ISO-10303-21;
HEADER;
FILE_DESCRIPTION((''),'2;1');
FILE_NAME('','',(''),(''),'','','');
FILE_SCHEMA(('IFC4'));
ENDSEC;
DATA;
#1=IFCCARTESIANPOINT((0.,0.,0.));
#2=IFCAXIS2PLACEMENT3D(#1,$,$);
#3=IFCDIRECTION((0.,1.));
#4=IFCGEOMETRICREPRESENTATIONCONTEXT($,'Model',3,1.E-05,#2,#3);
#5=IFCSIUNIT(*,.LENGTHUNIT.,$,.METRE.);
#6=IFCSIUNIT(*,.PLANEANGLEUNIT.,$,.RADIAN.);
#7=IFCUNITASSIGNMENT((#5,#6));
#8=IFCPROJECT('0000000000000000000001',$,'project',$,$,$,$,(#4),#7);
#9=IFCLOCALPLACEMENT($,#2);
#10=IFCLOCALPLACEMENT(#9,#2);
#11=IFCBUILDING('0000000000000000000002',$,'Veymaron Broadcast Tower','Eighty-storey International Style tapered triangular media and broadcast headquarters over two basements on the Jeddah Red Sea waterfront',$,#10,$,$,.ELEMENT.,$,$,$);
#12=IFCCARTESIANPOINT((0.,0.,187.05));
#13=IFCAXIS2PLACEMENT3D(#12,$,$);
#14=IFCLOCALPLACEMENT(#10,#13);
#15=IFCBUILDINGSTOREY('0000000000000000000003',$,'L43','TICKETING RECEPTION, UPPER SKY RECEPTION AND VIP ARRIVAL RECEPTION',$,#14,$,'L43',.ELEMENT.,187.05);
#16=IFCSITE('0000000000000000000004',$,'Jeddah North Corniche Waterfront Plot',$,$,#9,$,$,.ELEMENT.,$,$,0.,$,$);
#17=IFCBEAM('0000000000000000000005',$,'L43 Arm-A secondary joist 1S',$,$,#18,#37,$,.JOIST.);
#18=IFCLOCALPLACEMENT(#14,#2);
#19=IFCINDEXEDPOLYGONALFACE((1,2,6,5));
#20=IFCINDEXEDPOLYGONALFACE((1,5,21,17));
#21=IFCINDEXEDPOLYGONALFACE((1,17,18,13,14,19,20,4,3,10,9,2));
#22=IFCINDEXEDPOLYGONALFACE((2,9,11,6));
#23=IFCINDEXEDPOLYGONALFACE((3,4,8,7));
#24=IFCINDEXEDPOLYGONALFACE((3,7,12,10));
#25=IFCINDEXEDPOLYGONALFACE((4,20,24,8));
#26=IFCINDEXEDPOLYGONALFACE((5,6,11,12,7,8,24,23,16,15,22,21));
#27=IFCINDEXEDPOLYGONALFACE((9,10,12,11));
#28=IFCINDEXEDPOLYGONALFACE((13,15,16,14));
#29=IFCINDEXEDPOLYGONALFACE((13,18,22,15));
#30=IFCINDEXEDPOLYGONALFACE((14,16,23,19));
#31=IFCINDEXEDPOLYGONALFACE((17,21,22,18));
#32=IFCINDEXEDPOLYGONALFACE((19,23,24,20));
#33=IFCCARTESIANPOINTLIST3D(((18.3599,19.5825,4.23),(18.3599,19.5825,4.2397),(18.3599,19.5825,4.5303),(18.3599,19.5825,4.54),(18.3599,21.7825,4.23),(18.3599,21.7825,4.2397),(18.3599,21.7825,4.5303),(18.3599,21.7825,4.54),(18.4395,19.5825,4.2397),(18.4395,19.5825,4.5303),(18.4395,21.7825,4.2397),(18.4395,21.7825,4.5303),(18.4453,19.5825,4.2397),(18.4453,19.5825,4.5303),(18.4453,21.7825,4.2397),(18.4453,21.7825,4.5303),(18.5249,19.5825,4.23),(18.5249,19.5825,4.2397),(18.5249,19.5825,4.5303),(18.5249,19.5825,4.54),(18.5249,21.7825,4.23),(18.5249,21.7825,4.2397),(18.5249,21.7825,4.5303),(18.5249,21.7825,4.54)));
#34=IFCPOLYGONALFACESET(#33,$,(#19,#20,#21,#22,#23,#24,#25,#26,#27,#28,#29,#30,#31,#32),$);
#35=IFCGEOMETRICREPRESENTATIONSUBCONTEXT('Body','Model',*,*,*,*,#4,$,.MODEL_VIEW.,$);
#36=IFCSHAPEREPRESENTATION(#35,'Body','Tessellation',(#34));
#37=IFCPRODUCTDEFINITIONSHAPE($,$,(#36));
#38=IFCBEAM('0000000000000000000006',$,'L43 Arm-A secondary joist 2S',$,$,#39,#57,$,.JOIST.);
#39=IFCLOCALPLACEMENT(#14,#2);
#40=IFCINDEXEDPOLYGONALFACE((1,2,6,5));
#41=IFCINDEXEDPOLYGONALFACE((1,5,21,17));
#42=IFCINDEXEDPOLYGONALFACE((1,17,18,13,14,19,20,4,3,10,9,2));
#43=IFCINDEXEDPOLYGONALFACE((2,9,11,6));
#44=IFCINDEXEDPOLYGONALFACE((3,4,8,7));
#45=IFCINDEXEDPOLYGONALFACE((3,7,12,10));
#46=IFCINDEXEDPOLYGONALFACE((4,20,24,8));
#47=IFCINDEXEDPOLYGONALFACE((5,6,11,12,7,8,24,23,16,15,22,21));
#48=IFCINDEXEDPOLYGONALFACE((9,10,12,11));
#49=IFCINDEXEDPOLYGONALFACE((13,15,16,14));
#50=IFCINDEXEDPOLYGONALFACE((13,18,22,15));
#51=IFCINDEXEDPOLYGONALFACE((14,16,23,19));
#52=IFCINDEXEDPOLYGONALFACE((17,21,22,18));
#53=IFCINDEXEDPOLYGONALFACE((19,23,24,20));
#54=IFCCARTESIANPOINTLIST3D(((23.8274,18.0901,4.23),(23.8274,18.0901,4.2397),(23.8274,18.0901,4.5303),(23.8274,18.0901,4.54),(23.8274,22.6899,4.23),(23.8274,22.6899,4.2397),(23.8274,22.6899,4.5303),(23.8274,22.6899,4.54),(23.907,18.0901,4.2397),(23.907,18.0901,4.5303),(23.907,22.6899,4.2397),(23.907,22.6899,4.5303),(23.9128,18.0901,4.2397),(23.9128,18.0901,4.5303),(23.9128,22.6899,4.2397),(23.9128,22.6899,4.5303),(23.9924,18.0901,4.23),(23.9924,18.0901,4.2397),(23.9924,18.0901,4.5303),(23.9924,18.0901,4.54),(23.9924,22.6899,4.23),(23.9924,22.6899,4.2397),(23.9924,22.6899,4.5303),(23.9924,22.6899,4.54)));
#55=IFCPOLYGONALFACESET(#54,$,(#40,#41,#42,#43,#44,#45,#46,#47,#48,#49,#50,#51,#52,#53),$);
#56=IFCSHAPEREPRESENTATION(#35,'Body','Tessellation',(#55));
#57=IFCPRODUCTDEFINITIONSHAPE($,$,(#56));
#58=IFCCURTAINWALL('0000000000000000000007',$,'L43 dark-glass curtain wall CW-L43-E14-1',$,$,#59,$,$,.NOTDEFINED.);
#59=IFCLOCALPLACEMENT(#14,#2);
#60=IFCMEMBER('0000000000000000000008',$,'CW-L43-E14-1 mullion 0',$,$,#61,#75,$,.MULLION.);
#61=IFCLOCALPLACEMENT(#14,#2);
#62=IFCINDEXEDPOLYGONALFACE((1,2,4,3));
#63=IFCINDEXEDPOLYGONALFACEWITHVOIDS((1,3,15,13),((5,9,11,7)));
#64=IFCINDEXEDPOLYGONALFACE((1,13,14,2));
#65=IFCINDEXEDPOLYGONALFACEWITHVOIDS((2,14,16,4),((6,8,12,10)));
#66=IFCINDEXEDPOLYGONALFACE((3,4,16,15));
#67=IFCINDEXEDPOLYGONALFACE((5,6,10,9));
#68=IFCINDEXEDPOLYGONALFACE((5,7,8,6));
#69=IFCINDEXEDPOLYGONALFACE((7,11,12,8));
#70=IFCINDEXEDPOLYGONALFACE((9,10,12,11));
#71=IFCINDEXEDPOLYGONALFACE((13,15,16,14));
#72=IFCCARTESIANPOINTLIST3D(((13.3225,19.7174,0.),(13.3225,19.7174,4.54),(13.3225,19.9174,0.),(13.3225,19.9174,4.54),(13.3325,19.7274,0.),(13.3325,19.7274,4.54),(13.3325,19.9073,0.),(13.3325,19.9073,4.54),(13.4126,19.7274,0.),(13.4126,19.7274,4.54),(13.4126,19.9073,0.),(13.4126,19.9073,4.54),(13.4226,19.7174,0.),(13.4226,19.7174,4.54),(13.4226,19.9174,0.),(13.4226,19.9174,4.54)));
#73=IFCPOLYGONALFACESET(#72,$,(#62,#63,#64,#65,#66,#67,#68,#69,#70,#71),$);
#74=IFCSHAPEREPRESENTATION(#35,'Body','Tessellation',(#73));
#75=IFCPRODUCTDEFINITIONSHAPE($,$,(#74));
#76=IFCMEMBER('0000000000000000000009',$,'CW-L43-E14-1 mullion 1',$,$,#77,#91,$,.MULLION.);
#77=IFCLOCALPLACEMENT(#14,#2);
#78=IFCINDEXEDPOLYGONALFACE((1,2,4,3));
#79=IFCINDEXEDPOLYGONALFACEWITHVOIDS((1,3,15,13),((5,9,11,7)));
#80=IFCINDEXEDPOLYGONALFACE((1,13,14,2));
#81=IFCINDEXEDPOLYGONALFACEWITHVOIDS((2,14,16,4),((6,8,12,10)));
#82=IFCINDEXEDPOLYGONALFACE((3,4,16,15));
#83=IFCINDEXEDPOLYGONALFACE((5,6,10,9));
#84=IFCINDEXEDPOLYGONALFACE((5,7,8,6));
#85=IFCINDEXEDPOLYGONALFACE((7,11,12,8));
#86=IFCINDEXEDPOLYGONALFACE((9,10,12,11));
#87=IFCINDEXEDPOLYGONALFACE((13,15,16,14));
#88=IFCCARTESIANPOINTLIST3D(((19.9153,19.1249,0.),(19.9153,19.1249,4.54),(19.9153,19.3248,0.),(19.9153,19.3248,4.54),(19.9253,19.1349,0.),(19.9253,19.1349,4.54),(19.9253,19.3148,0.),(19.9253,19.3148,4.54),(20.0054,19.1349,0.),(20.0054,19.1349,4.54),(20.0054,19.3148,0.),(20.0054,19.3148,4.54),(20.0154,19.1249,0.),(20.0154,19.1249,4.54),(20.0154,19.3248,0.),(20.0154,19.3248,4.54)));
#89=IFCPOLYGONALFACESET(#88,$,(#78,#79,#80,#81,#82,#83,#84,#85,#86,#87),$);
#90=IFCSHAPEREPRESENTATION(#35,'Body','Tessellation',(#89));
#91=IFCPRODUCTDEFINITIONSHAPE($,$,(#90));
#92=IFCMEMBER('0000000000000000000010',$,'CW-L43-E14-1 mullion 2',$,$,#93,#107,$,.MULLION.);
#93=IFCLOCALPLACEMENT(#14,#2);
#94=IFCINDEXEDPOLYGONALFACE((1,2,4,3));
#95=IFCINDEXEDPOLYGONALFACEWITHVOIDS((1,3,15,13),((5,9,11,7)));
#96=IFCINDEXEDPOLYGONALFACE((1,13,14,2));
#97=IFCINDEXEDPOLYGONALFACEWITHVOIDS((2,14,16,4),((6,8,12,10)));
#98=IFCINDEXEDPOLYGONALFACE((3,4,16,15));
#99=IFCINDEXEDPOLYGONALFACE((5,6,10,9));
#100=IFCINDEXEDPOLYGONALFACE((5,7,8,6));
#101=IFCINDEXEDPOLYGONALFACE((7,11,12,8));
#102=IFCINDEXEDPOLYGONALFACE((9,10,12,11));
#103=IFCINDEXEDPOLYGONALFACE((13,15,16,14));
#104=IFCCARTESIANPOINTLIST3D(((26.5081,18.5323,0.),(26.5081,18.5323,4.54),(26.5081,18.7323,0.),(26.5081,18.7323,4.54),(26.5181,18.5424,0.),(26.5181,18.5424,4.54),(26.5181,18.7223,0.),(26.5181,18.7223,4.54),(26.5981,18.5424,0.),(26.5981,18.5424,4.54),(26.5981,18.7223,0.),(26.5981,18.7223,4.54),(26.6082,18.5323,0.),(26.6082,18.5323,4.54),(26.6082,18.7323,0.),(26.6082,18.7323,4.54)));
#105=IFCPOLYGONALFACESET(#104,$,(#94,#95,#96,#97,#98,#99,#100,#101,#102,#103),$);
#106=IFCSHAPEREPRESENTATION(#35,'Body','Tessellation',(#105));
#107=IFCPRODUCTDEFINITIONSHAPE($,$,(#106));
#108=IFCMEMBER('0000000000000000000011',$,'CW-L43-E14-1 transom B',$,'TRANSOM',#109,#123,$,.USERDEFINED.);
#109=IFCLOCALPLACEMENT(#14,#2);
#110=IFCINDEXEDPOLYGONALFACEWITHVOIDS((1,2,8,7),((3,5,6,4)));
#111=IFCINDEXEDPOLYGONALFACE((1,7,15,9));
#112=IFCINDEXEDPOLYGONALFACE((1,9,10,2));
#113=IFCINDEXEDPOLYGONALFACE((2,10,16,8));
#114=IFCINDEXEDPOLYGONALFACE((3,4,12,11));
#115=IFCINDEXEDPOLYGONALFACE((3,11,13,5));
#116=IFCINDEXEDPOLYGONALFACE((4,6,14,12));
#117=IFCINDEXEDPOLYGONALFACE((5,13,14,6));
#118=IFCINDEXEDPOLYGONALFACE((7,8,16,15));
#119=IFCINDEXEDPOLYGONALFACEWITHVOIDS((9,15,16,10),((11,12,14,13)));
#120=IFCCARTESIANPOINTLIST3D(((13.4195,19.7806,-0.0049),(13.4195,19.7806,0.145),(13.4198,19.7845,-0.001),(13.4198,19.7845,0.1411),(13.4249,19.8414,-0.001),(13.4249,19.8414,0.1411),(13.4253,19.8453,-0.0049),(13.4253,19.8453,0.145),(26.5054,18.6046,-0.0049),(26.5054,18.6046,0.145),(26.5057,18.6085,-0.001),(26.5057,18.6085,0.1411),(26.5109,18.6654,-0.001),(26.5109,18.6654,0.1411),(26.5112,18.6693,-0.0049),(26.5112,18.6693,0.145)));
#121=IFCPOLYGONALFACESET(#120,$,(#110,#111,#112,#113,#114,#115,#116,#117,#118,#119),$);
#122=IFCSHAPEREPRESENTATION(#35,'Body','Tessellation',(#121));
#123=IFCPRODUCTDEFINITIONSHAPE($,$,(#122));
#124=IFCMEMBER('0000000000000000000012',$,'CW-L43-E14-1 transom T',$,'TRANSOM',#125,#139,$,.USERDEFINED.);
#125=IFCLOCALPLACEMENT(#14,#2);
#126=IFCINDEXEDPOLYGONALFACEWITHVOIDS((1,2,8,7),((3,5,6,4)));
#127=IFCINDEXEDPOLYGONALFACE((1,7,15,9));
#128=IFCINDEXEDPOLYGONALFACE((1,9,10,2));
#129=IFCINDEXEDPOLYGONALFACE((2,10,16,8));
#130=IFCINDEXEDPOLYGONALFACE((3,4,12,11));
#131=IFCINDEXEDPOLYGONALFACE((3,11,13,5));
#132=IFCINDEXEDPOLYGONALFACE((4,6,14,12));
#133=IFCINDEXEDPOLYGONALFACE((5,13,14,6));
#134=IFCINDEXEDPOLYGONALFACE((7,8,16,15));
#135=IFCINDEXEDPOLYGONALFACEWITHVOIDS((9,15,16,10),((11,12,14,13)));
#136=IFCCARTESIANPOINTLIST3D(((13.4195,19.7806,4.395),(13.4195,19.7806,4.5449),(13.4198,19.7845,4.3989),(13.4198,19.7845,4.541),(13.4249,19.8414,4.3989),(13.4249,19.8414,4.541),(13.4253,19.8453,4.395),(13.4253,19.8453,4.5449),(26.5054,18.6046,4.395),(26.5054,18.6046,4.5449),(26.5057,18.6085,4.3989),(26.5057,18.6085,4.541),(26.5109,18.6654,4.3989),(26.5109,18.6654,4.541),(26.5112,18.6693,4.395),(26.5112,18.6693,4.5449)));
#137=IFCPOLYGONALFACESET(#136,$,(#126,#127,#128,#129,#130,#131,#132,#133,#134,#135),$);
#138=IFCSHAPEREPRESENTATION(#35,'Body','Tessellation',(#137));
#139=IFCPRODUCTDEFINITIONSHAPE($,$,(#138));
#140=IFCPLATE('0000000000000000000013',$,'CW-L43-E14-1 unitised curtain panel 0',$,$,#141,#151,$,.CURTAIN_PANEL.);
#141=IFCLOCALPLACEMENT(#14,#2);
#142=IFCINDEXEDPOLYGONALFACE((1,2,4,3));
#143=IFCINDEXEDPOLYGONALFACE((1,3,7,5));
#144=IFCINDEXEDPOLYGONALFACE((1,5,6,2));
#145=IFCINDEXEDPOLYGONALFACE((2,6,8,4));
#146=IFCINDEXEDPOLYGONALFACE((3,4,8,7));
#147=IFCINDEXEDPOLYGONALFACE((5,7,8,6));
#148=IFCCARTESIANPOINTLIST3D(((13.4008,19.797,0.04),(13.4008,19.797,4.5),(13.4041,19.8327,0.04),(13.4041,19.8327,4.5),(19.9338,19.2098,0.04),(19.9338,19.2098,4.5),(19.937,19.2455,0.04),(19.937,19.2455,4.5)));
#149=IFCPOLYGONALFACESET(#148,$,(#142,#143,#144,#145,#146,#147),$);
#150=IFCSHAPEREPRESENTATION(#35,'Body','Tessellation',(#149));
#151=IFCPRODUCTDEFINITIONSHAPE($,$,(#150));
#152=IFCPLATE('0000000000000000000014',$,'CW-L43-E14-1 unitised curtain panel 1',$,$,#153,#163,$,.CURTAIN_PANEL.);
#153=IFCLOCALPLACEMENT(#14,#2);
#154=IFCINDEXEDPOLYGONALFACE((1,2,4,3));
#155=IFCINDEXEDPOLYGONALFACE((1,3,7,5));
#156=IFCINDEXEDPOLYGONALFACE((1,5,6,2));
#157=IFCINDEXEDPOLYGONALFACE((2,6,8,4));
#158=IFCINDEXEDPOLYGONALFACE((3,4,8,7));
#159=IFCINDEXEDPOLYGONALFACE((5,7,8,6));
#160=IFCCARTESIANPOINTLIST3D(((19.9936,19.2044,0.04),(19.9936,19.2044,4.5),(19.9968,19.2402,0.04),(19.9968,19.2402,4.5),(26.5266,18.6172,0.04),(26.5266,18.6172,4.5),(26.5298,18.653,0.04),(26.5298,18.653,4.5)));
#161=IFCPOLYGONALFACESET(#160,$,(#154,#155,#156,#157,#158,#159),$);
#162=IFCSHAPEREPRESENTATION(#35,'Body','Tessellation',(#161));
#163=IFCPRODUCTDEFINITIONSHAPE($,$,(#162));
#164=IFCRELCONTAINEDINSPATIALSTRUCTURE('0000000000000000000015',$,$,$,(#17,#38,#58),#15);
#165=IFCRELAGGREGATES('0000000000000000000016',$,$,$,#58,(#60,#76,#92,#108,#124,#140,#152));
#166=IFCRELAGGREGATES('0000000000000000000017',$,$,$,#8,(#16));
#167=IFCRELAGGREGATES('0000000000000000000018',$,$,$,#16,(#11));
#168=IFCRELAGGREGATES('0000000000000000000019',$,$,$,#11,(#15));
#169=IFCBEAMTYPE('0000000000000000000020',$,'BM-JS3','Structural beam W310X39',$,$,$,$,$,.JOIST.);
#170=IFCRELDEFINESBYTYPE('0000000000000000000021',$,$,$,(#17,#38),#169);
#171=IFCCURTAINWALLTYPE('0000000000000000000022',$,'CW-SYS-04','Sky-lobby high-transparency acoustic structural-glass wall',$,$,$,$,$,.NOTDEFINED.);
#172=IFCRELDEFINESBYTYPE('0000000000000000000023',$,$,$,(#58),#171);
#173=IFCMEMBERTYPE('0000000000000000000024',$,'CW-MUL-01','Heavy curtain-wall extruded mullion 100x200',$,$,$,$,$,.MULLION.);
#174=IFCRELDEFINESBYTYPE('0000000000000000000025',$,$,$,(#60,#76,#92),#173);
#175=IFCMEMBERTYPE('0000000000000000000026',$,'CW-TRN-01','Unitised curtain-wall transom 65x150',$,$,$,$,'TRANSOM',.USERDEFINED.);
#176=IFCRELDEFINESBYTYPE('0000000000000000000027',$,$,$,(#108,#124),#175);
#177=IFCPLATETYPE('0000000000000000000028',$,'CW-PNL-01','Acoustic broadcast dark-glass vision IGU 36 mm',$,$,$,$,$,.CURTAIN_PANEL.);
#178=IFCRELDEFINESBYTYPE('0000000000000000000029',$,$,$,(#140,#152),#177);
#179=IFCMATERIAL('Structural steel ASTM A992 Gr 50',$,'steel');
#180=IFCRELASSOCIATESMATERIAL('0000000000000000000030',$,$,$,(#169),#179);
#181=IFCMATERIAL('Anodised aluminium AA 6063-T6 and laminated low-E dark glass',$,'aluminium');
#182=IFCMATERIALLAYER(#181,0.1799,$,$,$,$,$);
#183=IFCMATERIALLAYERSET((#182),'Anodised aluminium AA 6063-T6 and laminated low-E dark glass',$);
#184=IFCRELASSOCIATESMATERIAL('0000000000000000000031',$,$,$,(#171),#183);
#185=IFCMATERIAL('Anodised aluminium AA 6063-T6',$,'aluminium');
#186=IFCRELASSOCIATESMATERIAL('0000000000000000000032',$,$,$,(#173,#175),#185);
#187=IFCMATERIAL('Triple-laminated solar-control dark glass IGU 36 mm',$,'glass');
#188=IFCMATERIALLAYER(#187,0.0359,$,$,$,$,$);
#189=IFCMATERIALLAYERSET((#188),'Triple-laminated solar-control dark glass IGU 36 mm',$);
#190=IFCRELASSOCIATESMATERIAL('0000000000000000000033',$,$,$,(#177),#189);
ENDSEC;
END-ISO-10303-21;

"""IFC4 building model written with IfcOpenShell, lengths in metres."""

from ifc_helpers import new_model, si_unit, direction, frame, origin, origin_2d, place, context, subcontext, project, spatial, rectangle, hollow_rectangle, i_section, extrude, material, layer, layer_set, material_profile, profile_set, type_object, element, aggregate, save


model = new_model("IFC4")

# Units and contexts
model_context = context("Model", 3, precision=1e-05, world=origin(), true_north=direction((0.0, 1.0)))
body_context = subcontext(model_context, "Body", "Model", "MODEL_VIEW")
ifc_project = project(units=[si_unit("LENGTHUNIT", "METRE"), si_unit("PLANEANGLEUNIT", "RADIAN")], contexts=[model_context])

# Site, building, storey
site_placement = place(None, origin())
site = spatial("IfcSite", under=ifc_project, at=site_placement, Name="Jeddah North Corniche Waterfront Plot", CompositionType="ELEMENT", RefElevation=0.0)
building_placement = place(site_placement, origin())
building = spatial("IfcBuilding", under=site, at=building_placement, Name="Veymaron Broadcast Tower", Description="Eighty-storey International Style tapered triangular media and broadcast headquarters over two basements on the Jeddah Red Sea waterfront", CompositionType="ELEMENT")
storey_placement = place(building_placement, frame((0.0, 0.0, 187.05)))
storey = spatial("IfcBuildingStorey", under=building, at=storey_placement, Name="L43", Description="TICKETING RECEPTION, UPPER SKY RECEPTION AND VIP ARRIVAL RECEPTION", LongName="L43", CompositionType="ELEMENT", Elevation=187.05)

# Beams
ifc_material_1 = material(Name="Structural steel ASTM A992 Gr 50", Category="steel")
ifc_material_profile_1 = material_profile(ifc_material_1, i_section(OverallWidth=0.165, OverallDepth=0.3101, WebThickness=0.0059, FlangeThickness=0.0098, at=origin_2d()), Name="W310X39")
ifc_profile_set_1 = profile_set([ifc_material_profile_1], Name="Structural steel ASTM A992 Gr 50")
beam_type = type_object("IfcBeamType", Name="BM-JS3", Description="Structural beam W310X39", PredefinedType="JOIST", material=ifc_profile_set_1)
beam_1_placement = place(storey_placement, frame((18.4424, 19.5825, 4.385), z_axis=(0.0, 1.0, 0.0), x_axis=(-1.0, 0.0, 0.0)))
element("IfcBeam", 1, at=beam_1_placement, inside=storey, type_object=beam_type, Name="L43 Arm-A secondary joist 1S", PredefinedType="JOIST", context=body_context, shape_type="SweptSolid", body=[
    extrude(i_section(OverallWidth=0.165, OverallDepth=0.3101, WebThickness=0.0059, FlangeThickness=0.0098, at=origin_2d()), origin(), (0.0, 0.0, 1.0), 2.2),
])
beam_2_placement = place(storey_placement, frame((23.9099, 18.0901, 4.385), z_axis=(0.0, 1.0, 0.0), x_axis=(-1.0, 0.0, 0.0)))
element("IfcBeam", 2, at=beam_2_placement, inside=storey, type_object=beam_type, Name="L43 Arm-A secondary joist 2S", PredefinedType="JOIST", context=body_context, shape_type="SweptSolid", body=[
    extrude(i_section(OverallWidth=0.165, OverallDepth=0.3101, WebThickness=0.0059, FlangeThickness=0.0098, at=origin_2d()), origin(), (0.0, 0.0, 1.0), 4.5999),
])

# Curtain wall, members, plates
ifc_material_2 = material(Name="Anodised aluminium AA 6063-T6 and laminated low-E dark glass", Category="aluminium")
ifc_layer_1 = layer(ifc_material_2, 0.1799)
ifc_layer_set_1 = layer_set([ifc_layer_1], Name="Anodised aluminium AA 6063-T6 and laminated low-E dark glass")
curtain_wall_type = type_object("IfcCurtainWallType", Name="CW-SYS-04", Description="Sky-lobby high-transparency acoustic structural-glass wall", PredefinedType="NOTDEFINED", material=ifc_layer_set_1)
curtain_wall_placement = place(storey_placement, origin())
curtain_wall = element("IfcCurtainWall", 3, at=curtain_wall_placement, inside=storey, type_object=curtain_wall_type, Name="L43 dark-glass curtain wall CW-L43-E14-1", PredefinedType="NOTDEFINED")
ifc_material_3 = material(Name="Anodised aluminium AA 6063-T6", Category="aluminium")
ifc_material_profile_2 = material_profile(ifc_material_3, hollow_rectangle(XDim=0.1001, YDim=0.2, WallThickness=0.01, at=origin_2d()), Name="RHS200X100X10")
ifc_profile_set_2 = profile_set([ifc_material_profile_2], Name="Anodised aluminium AA 6063-T6")
member_type_1 = type_object("IfcMemberType", Name="CW-MUL-01", Description="Heavy curtain-wall extruded mullion 100x200", PredefinedType="MULLION", material=ifc_profile_set_2)
member_1_placement = place(storey_placement, frame((13.3726, 19.8174, 0.0), z_axis=(0.0, 0.0, 1.0), x_axis=(1.0, 0.0, 0.0)))
member_1 = element("IfcMember", 4, at=member_1_placement, type_object=member_type_1, Name="CW-L43-E14-1 mullion 0", PredefinedType="MULLION", context=body_context, shape_type="SweptSolid", body=[
    extrude(hollow_rectangle(XDim=0.1001, YDim=0.2, WallThickness=0.01, at=origin_2d()), origin(), (0.0, 0.0, 1.0), 4.54),
])
member_2_placement = place(storey_placement, frame((19.9653, 19.2249, 0.0), z_axis=(0.0, 0.0, 1.0), x_axis=(1.0, 0.0, 0.0)))
member_2 = element("IfcMember", 5, at=member_2_placement, type_object=member_type_1, Name="CW-L43-E14-1 mullion 1", PredefinedType="MULLION", context=body_context, shape_type="SweptSolid", body=[
    extrude(hollow_rectangle(XDim=0.1001, YDim=0.2, WallThickness=0.01, at=origin_2d()), origin(), (0.0, 0.0, 1.0), 4.54),
])
member_3_placement = place(storey_placement, frame((26.5581, 18.6323, 0.0), z_axis=(0.0, 0.0, 1.0), x_axis=(1.0, 0.0, 0.0)))
member_3 = element("IfcMember", 6, at=member_3_placement, type_object=member_type_1, Name="CW-L43-E14-1 mullion 2", PredefinedType="MULLION", context=body_context, shape_type="SweptSolid", body=[
    extrude(hollow_rectangle(XDim=0.1001, YDim=0.2, WallThickness=0.01, at=origin_2d()), origin(), (0.0, 0.0, 1.0), 4.54),
])
ifc_material_profile_3 = material_profile(ifc_material_3, hollow_rectangle(XDim=0.0649, YDim=0.1499, WallThickness=0.0039, at=origin_2d()), Name="AL150X65X4")
ifc_profile_set_3 = profile_set([ifc_material_profile_3], Name="Anodised aluminium AA 6063-T6")
member_type_2 = type_object("IfcMemberType", Name="CW-TRN-01", Description="Unitised curtain-wall transom 65x150", ElementType="TRANSOM", PredefinedType="USERDEFINED", material=ifc_profile_set_3)
member_4_placement = place(storey_placement, frame((13.4224, 19.813, 0.0701), z_axis=(0.995986, -0.089509, 0.0), x_axis=(0.089509, 0.995986, 0.0)))
member_4 = element("IfcMember", 7, at=member_4_placement, type_object=member_type_2, Name="CW-L43-E14-1 transom B", ObjectType="TRANSOM", PredefinedType="USERDEFINED", context=body_context, shape_type="SweptSolid", body=[
    extrude(hollow_rectangle(XDim=0.0649, YDim=0.1499, WallThickness=0.0039, at=origin_2d()), origin(), (0.0, 0.0, 1.0), 13.1387),
])
member_5_placement = place(storey_placement, frame((13.4224, 19.813, 4.47), z_axis=(0.995986, -0.089509, 0.0), x_axis=(0.089509, 0.995986, 0.0)))
member_5 = element("IfcMember", 8, at=member_5_placement, type_object=member_type_2, Name="CW-L43-E14-1 transom T", ObjectType="TRANSOM", PredefinedType="USERDEFINED", context=body_context, shape_type="SweptSolid", body=[
    extrude(hollow_rectangle(XDim=0.0649, YDim=0.1499, WallThickness=0.0039, at=origin_2d()), origin(), (0.0, 0.0, 1.0), 13.1387),
])
ifc_material_4 = material(Name="Triple-laminated solar-control dark glass IGU 36 mm", Category="glass")
ifc_layer_2 = layer(ifc_material_4, 0.0359)
ifc_layer_set_2 = layer_set([ifc_layer_2], Name="Triple-laminated solar-control dark glass IGU 36 mm")
plate_type = type_object("IfcPlateType", Name="CW-PNL-01", Description="Acoustic broadcast dark-glass vision IGU 36 mm", PredefinedType="CURTAIN_PANEL", material=ifc_layer_set_2)
plate_1_placement = place(storey_placement, frame((16.6689, 19.5212, 0.04), z_axis=(0.0, 0.0, 1.0), x_axis=(0.995985, -0.08952, 0.0)))
plate_1 = element("IfcPlate", 9, at=plate_1_placement, type_object=plate_type, Name="CW-L43-E14-1 unitised curtain panel 0", PredefinedType="CURTAIN_PANEL", context=body_context, shape_type="SweptSolid", body=[
    extrude(rectangle(XDim=6.5593, YDim=0.0359, at=origin_2d()), origin(), (0.0, 0.0, 1.0), 4.46),
])
plate_2_placement = place(storey_placement, frame((23.2617, 18.9287, 0.04), z_axis=(0.0, 0.0, 1.0), x_axis=(0.995985, -0.08952, 0.0)))
plate_2 = element("IfcPlate", 10, at=plate_2_placement, type_object=plate_type, Name="CW-L43-E14-1 unitised curtain panel 1", PredefinedType="CURTAIN_PANEL", context=body_context, shape_type="SweptSolid", body=[
    extrude(rectangle(XDim=6.5593, YDim=0.0359, at=origin_2d()), origin(), (0.0, 0.0, 1.0), 4.46),
])
aggregate(curtain_wall, [member_1, member_2, member_3, member_4, member_5, plate_1, plate_2])

save(model, "model.ifc")
